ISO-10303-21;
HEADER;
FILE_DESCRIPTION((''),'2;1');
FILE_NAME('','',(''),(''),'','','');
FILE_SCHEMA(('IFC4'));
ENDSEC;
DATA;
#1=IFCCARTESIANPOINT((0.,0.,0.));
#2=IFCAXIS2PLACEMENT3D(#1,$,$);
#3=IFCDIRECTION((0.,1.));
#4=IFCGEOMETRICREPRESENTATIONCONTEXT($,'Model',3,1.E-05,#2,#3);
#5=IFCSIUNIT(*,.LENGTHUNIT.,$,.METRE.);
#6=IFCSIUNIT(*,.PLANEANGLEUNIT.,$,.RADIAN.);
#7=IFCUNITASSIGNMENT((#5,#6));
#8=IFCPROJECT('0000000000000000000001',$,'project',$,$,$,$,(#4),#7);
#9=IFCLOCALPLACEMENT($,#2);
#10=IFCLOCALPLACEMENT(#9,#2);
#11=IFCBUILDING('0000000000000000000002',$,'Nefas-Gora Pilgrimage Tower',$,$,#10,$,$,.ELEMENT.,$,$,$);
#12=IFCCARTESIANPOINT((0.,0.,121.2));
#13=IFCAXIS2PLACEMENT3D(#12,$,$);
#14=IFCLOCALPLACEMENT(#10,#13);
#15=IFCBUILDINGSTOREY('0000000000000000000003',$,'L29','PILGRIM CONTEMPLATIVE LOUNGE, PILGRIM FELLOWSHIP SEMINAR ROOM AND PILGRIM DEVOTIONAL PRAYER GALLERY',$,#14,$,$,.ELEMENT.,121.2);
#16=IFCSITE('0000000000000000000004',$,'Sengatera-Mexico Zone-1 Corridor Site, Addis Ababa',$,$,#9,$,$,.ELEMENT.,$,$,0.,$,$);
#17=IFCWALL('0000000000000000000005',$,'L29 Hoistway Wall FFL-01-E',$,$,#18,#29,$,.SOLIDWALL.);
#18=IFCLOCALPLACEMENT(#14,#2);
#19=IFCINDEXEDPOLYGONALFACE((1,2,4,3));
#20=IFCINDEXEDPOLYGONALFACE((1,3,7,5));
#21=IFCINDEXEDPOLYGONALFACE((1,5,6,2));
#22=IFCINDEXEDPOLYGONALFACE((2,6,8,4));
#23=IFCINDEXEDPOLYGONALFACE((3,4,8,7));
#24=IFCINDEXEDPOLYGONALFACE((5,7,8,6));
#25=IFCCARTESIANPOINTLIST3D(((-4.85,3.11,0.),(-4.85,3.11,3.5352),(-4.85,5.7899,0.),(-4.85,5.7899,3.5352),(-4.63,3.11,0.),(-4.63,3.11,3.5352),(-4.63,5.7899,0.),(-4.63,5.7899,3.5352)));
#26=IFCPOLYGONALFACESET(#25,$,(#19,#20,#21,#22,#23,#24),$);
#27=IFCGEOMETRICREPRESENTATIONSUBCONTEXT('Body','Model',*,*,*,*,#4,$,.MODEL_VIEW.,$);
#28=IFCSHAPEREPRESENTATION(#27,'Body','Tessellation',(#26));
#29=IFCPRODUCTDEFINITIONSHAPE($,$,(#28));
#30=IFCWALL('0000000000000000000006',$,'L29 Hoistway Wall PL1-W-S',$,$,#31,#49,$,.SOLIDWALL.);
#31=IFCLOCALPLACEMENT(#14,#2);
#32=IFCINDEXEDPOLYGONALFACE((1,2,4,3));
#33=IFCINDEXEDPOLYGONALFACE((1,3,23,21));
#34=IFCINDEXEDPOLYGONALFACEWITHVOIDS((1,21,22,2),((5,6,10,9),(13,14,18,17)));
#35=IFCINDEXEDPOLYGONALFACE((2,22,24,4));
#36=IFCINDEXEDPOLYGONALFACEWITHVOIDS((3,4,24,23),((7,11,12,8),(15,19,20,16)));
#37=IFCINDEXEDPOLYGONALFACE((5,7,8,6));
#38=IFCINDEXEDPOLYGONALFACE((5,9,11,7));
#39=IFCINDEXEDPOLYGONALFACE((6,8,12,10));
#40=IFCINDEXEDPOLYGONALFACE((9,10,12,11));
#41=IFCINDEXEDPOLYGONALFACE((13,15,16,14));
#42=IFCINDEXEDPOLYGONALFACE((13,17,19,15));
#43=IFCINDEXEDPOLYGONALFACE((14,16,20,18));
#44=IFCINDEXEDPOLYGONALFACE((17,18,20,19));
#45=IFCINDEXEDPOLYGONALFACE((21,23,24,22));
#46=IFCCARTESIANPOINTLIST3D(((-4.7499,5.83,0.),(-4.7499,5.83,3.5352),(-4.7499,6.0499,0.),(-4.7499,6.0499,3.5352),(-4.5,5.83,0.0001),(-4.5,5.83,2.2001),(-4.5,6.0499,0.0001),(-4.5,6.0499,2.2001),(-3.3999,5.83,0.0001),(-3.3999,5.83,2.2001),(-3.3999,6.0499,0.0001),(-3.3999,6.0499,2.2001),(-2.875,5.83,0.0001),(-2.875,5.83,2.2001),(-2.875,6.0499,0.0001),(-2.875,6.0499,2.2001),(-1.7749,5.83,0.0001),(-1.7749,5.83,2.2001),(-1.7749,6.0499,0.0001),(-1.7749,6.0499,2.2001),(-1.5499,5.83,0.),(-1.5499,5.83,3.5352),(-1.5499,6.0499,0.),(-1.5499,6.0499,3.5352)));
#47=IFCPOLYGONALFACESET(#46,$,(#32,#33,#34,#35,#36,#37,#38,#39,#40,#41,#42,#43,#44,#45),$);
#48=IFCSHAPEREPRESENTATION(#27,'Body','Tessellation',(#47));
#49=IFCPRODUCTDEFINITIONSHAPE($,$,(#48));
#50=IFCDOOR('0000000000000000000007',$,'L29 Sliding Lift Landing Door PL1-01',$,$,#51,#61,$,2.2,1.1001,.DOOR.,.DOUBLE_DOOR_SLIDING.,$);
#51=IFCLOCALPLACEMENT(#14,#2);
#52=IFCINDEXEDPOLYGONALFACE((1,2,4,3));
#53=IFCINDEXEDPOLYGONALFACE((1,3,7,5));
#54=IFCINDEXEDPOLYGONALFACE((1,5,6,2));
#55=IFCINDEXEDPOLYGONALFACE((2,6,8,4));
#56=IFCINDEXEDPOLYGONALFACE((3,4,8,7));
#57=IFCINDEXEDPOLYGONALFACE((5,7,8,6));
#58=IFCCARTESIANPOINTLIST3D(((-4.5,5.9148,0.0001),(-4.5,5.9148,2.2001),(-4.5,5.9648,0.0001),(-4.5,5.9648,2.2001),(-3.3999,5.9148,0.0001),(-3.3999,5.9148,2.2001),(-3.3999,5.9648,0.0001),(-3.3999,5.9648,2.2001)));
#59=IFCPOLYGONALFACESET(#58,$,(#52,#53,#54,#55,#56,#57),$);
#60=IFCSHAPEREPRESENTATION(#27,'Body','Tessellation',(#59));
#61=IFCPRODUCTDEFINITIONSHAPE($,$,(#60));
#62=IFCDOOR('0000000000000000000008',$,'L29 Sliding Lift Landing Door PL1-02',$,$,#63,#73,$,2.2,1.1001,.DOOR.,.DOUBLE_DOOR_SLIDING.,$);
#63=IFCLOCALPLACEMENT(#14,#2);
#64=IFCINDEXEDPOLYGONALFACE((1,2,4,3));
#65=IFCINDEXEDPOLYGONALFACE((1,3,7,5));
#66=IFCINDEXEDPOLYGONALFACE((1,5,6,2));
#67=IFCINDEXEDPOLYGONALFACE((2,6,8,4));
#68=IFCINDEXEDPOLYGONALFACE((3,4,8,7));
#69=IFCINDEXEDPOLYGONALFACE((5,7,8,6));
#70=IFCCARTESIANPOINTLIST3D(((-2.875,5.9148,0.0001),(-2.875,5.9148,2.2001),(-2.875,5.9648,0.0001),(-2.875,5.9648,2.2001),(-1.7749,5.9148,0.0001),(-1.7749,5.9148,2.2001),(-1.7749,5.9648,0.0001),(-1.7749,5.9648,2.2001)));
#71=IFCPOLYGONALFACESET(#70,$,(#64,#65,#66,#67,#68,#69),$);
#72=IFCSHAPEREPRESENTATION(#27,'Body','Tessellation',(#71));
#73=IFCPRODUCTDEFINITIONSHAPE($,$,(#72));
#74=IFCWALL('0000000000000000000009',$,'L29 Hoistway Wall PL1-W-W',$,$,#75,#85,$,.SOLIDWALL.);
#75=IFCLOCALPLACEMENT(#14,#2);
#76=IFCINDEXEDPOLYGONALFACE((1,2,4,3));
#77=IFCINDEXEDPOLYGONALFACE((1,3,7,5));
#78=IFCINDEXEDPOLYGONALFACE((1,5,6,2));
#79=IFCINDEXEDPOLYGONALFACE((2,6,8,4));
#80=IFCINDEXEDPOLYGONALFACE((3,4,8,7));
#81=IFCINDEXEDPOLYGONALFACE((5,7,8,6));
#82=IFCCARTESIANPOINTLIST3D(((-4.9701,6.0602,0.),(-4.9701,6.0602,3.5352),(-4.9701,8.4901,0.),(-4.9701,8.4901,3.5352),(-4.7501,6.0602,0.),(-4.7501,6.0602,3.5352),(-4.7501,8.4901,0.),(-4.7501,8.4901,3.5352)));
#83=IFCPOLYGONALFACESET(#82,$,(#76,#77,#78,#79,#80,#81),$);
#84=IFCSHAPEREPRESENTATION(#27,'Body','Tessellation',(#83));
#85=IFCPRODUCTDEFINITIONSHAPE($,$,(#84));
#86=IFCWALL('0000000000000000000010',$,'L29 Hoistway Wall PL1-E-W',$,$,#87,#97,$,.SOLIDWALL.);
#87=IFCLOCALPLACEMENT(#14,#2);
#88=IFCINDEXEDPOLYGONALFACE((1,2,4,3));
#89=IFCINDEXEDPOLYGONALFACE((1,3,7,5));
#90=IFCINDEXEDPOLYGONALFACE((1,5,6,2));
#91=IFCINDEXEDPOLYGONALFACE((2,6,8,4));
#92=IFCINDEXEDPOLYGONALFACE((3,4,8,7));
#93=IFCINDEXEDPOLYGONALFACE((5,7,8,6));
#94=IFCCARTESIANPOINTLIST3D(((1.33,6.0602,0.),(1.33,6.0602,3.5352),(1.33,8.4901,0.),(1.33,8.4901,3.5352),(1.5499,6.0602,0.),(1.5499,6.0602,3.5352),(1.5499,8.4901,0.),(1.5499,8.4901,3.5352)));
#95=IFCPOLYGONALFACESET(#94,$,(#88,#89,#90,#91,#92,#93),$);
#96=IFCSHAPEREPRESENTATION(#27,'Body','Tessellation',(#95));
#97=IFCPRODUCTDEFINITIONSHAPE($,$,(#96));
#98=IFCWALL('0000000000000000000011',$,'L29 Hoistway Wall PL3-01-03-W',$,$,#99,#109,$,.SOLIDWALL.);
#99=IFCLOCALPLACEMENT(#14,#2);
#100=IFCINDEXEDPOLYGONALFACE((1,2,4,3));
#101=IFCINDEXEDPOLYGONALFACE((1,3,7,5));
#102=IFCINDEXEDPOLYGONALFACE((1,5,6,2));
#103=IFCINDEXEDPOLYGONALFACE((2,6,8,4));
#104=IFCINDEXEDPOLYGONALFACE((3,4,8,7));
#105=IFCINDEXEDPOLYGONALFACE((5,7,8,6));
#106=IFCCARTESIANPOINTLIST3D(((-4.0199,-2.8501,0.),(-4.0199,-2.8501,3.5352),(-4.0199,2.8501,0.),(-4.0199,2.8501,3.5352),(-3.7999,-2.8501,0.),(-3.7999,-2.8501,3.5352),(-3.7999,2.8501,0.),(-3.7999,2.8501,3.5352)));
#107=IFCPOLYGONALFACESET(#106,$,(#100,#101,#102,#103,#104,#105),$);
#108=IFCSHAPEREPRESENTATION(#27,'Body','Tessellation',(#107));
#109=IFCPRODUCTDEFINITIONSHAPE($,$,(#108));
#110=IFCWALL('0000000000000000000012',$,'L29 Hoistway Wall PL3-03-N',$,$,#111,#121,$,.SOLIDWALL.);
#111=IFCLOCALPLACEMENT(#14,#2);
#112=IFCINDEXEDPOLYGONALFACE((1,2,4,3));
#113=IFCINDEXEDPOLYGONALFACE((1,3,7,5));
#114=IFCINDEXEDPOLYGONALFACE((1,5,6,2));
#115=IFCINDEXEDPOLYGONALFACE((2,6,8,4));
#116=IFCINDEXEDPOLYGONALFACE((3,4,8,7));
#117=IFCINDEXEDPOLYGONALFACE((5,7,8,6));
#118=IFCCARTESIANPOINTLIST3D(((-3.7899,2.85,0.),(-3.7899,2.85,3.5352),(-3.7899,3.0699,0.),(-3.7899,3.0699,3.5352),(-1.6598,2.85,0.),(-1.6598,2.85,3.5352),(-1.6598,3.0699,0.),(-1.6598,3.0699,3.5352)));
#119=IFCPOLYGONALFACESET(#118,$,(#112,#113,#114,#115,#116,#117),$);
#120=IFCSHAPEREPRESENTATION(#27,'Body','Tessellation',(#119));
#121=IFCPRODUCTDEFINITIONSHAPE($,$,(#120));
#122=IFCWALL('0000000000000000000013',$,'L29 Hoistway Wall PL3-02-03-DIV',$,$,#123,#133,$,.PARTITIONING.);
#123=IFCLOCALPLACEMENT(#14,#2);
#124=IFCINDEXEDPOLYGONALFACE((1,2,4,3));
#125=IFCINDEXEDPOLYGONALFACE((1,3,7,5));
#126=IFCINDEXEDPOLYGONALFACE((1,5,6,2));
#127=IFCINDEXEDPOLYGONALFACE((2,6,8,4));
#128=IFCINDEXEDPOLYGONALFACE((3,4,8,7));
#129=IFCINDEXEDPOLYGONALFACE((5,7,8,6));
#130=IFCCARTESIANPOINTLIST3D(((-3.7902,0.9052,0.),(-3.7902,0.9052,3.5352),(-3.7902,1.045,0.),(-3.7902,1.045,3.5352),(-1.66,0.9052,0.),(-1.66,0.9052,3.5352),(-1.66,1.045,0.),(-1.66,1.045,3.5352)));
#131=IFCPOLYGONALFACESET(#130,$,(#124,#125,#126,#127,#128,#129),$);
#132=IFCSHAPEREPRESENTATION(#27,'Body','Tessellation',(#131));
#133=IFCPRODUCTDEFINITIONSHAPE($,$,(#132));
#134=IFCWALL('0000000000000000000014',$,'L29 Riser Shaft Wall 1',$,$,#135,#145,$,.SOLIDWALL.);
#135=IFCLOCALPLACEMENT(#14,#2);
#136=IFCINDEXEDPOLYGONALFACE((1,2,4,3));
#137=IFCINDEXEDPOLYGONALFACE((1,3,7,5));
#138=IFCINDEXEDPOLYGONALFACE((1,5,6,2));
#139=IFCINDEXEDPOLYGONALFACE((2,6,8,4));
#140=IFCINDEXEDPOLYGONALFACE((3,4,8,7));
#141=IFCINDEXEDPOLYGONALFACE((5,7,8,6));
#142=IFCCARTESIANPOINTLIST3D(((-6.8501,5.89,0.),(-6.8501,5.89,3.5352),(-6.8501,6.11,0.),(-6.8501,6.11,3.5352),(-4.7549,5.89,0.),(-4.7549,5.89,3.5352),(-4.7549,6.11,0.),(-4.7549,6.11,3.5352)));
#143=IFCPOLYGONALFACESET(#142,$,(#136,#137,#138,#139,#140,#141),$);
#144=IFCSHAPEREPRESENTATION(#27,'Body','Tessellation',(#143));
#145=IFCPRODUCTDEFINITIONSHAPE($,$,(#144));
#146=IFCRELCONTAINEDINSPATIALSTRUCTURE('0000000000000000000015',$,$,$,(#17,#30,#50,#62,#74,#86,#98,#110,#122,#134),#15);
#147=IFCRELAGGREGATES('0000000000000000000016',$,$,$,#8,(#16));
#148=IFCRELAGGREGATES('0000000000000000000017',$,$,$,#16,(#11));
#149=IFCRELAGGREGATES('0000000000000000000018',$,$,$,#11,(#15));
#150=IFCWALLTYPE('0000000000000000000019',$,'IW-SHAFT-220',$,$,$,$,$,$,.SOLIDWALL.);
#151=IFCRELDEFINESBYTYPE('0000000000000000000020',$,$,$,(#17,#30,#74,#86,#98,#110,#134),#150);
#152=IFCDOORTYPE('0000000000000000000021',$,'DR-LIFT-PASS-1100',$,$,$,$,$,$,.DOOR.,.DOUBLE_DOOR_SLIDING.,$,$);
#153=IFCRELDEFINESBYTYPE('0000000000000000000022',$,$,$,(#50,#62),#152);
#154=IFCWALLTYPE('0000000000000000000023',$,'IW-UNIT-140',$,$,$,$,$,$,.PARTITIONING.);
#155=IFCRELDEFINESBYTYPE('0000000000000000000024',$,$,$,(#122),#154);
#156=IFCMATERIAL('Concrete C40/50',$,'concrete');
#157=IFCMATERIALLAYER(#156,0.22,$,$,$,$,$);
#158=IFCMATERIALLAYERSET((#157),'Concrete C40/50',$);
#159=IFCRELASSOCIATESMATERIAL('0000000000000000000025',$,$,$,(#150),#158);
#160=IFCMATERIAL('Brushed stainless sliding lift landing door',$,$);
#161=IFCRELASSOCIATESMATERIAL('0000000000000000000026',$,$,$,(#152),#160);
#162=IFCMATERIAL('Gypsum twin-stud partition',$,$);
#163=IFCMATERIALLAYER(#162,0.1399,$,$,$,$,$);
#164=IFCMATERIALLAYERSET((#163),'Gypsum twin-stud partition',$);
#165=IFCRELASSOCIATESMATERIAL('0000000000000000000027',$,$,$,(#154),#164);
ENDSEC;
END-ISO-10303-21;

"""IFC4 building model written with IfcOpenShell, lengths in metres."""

from ifc_helpers import new_model, si_unit, direction, frame, frame_2d, origin, place, context, subcontext, project, spatial, rectangle, extrude, source, transform, mapped, material, layer, layer_set, type_object, element, fill, save


model = new_model("IFC4")

# Units and contexts
model_context = context("Model", 3, precision=1e-05, world=origin(), true_north=direction((0.0, 1.0)))
body_context = subcontext(model_context, "Body", "Model", "MODEL_VIEW")
ifc_project = project(units=[si_unit("LENGTHUNIT", "METRE"), si_unit("PLANEANGLEUNIT", "RADIAN")], contexts=[model_context])

# Site, building, storey
site_placement = place(None, origin())
site = spatial("IfcSite", under=ifc_project, at=site_placement, Name="Sengatera-Mexico Zone-1 Corridor Site, Addis Ababa", CompositionType="ELEMENT", RefElevation=0.0)
building_placement = place(site_placement, origin())
building = spatial("IfcBuilding", under=site, at=building_placement, Name="Nefas-Gora Pilgrimage Tower", CompositionType="ELEMENT")
storey_placement = place(building_placement, frame((0.0, 0.0, 121.2)))
storey = spatial("IfcBuildingStorey", under=building, at=storey_placement, Name="L29", Description="PILGRIM CONTEMPLATIVE LOUNGE, PILGRIM FELLOWSHIP SEMINAR ROOM AND PILGRIM DEVOTIONAL PRAYER GALLERY", CompositionType="ELEMENT", Elevation=121.2)

# Shared definitions
ifc_material_1 = material(Name="Concrete C40/50", Category="concrete")

# Shared definitions
ifc_layer_1 = layer(ifc_material_1, 0.22)
ifc_layer_set_1 = layer_set([ifc_layer_1], Name="Concrete C40/50")
wall_type_1 = type_object("IfcWallType", Name="IW-SHAFT-220", PredefinedType="SOLIDWALL", material=ifc_layer_set_1)

# Wall
shared_shape_1 = source(origin(), body_context, "Body", "SweptSolid", [
    extrude(rectangle(XDim=2.6799, YDim=0.22, at=frame_2d((1.3398, 0.0))), origin(), (0.0, 0.0, 1.0), 3.5352),
])
wall_1_placement = place(storey_placement, frame((-4.74, 3.1101, 0.0), z_axis=(0.0, 0.0, 1.0), x_axis=(0.0, 1.0, 0.0)))
element("IfcWall", 1, at=wall_1_placement, inside=storey, type_object=wall_type_1, Name="L29 Hoistway Wall FFL-01-E", PredefinedType="SOLIDWALL", context=body_context, shape_type="MappedRepresentation", body=[
    mapped(shared_shape_1, transform((0.0, 0.0, 0.0), x_axis=(1.0, 0.0, 0.0), y_axis=(0.0, 1.0, 0.0), z_axis=(0.0, 0.0, 1.0), scale=1.0)),
])

# Wall, openings, doors
shared_shape_2 = source(origin(), body_context, "Body", "SweptSolid", [
    extrude(rectangle(XDim=3.2, YDim=0.22, at=frame_2d((1.6001, 0.0))), origin(), (0.0, 0.0, 1.0), 3.5352),
])
wall_2_placement = place(storey_placement, frame((-4.75, 5.9399, 0.0), z_axis=(0.0, 0.0, 1.0), x_axis=(1.0, 0.0, 0.0)))
wall_2 = element("IfcWall", 2, at=wall_2_placement, inside=storey, type_object=wall_type_1, Name="L29 Hoistway Wall PL1-W-S", PredefinedType="SOLIDWALL", context=body_context, shape_type="MappedRepresentation", body=[
    mapped(shared_shape_2, transform((0.0, 0.0, 0.0), x_axis=(1.0, 0.0, 0.0), y_axis=(0.0, 1.0, 0.0), z_axis=(0.0, 0.0, 1.0), scale=1.0)),
])
opening_1_placement = place(wall_2_placement, frame((0.25, 0.0, 0.0)))
opening_1 = element("IfcOpeningElement", 3, at=opening_1_placement, cuts=wall_2, PredefinedType="OPENING", context=body_context, shape_type="SweptSolid", body=[
    extrude(rectangle(XDim=1.1001, YDim=2.2, at=frame_2d((0.55, 1.1001))), frame((0.0, 0.1199, 0.0), z_axis=(0.0, -1.0, 0.0), x_axis=(1.0, 0.0, 0.0)), (0.0, 0.0, 1.0), 0.24),
])
opening_2_placement = place(wall_2_placement, frame((1.875, 0.0, 0.0)))
opening_2 = element("IfcOpeningElement", 4, at=opening_2_placement, cuts=wall_2, PredefinedType="OPENING", context=body_context, shape_type="SweptSolid", body=[
    extrude(rectangle(XDim=1.1001, YDim=2.2, at=frame_2d((0.55, 1.1001))), frame((0.0, 0.1199, 0.0), z_axis=(0.0, -1.0, 0.0), x_axis=(1.0, 0.0, 0.0)), (0.0, 0.0, 1.0), 0.24),
])
ifc_material_2 = material(Name="Brushed stainless sliding lift landing door")
door_type_1 = type_object("IfcDoorType", Name="DR-LIFT-PASS-1100", OperationType="DOUBLE_DOOR_SLIDING", PredefinedType="DOOR", material=ifc_material_2)
shared_shape_3 = source(origin(), body_context, "Body", "SweptSolid", [
    extrude(rectangle(XDim=1.1001, YDim=2.2, at=frame_2d((0.55, 1.1001))), frame((0.0, 0.0249, 0.0), z_axis=(0.0, -1.0, 0.0), x_axis=(1.0, 0.0, 0.0)), (0.0, 0.0, 1.0), 0.05),
])
door_1_placement = place(opening_1_placement, origin())
door_1 = element("IfcDoor", 5, at=door_1_placement, inside=storey, type_object=door_type_1, Name="L29 Sliding Lift Landing Door PL1-01", OperationType="DOUBLE_DOOR_SLIDING", OverallHeight=2.2, OverallWidth=1.1001, PredefinedType="DOOR", context=body_context, shape_type="MappedRepresentation", body=[
    mapped(shared_shape_3, transform((0.0, 0.0, 0.0), x_axis=(1.0, 0.0, 0.0), y_axis=(0.0, 1.0, 0.0), z_axis=(0.0, 0.0, 1.0), scale=1.0)),
])
fill(opening_1, door_1)
door_2_placement = place(opening_2_placement, origin())
door_2 = element("IfcDoor", 6, at=door_2_placement, inside=storey, type_object=door_type_1, Name="L29 Sliding Lift Landing Door PL1-02", OperationType="DOUBLE_DOOR_SLIDING", OverallHeight=2.2, OverallWidth=1.1001, PredefinedType="DOOR", context=body_context, shape_type="MappedRepresentation", body=[
    mapped(shared_shape_3, transform((0.0, 0.0, 0.0), x_axis=(1.0, 0.0, 0.0), y_axis=(0.0, 1.0, 0.0), z_axis=(0.0, 0.0, 1.0), scale=1.0)),
])
fill(opening_2, door_2)

# Walls
shared_shape_4 = source(origin(), body_context, "Body", "SweptSolid", [
    extrude(rectangle(XDim=2.4299, YDim=0.22, at=frame_2d((1.2148, 0.0))), origin(), (0.0, 0.0, 1.0), 3.5352),
])
for number, where, z_axis, x_axis, name in (
    (7, (-4.8601, 8.49, 0.0), (0.0, 0.0, 1.0), (0.0, -1.0, 0.0), "L29 Hoistway Wall PL1-W-W"),
    (8, (1.4399, 8.49, 0.0), (0.0, 0.0, 1.0), (0.0, -1.0, 0.0), "L29 Hoistway Wall PL1-E-W"),
):
    element("IfcWall", number, at=place(storey_placement, frame(where, z_axis=z_axis, x_axis=x_axis)), inside=storey, type_object=wall_type_1, Name=name, PredefinedType="SOLIDWALL", context=body_context, shape_type="MappedRepresentation", body=[
        mapped(shared_shape_4, transform((0.0, 0.0, 0.0), x_axis=(1.0, 0.0, 0.0), y_axis=(0.0, 1.0, 0.0), z_axis=(0.0, 0.0, 1.0), scale=1.0)),
    ])
ifc_material_3 = material(Name="Gypsum twin-stud partition")
ifc_layer_2 = layer(ifc_material_3, 0.1399)
ifc_layer_set_2 = layer_set([ifc_layer_2], Name="Gypsum twin-stud partition")
wall_type_2 = type_object("IfcWallType", Name="IW-UNIT-140", PredefinedType="PARTITIONING", material=ifc_layer_set_2)
shared_shape_5 = source(origin(), body_context, "Body", "SweptSolid", [
    extrude(rectangle(XDim=5.7002, YDim=0.22, at=frame_2d((2.8501, 0.0))), origin(), (0.0, 0.0, 1.0), 3.5352),
])
wall_3_placement = place(storey_placement, frame((-3.9099, 2.8501, 0.0), z_axis=(0.0, 0.0, 1.0), x_axis=(0.0, -1.0, 0.0)))
element("IfcWall", 9, at=wall_3_placement, inside=storey, type_object=wall_type_1, Name="L29 Hoistway Wall PL3-01-03-W", PredefinedType="SOLIDWALL", context=body_context, shape_type="MappedRepresentation", body=[
    mapped(shared_shape_5, transform((0.0, 0.0, 0.0), x_axis=(1.0, 0.0, 0.0), y_axis=(0.0, 1.0, 0.0), z_axis=(0.0, 0.0, 1.0), scale=1.0)),
])
shared_shape_6 = source(origin(), body_context, "Body", "SweptSolid", [
    extrude(rectangle(XDim=2.1301, YDim=0.22, at=frame_2d((1.0649, 0.0))), origin(), (0.0, 0.0, 1.0), 3.5352),
])
wall_4_placement = place(storey_placement, frame((-1.6599, 2.96, 0.0), z_axis=(0.0, 0.0, 1.0), x_axis=(-1.0, 0.0, 0.0)))
element("IfcWall", 10, at=wall_4_placement, inside=storey, type_object=wall_type_1, Name="L29 Hoistway Wall PL3-03-N", PredefinedType="SOLIDWALL", context=body_context, shape_type="MappedRepresentation", body=[
    mapped(shared_shape_6, transform((0.0, 0.0, 0.0), x_axis=(1.0, 0.0, 0.0), y_axis=(0.0, 1.0, 0.0), z_axis=(0.0, 0.0, 1.0), scale=1.0)),
])
shared_shape_7 = source(origin(), body_context, "Body", "SweptSolid", [
    extrude(rectangle(XDim=2.1301, YDim=0.1399, at=frame_2d((1.0649, 0.0))), origin(), (0.0, 0.0, 1.0), 3.5352),
])
wall_5_placement = place(storey_placement, frame((-3.79, 0.9751, 0.0), z_axis=(0.0, 0.0, 1.0), x_axis=(1.0, 0.0, 0.0)))
element("IfcWall", 11, at=wall_5_placement, inside=storey, type_object=wall_type_2, Name="L29 Hoistway Wall PL3-02-03-DIV", PredefinedType="PARTITIONING", context=body_context, shape_type="MappedRepresentation", body=[
    mapped(shared_shape_7, transform((0.0, 0.0, 0.0), x_axis=(1.0, 0.0, 0.0), y_axis=(0.0, 1.0, 0.0), z_axis=(0.0, 0.0, 1.0), scale=1.0)),
])
shared_shape_8 = source(origin(), body_context, "Body", "SweptSolid", [
    extrude(rectangle(XDim=2.0952, YDim=0.22, at=frame_2d((1.0476, 0.0))), origin(), (0.0, 0.0, 1.0), 3.5352),
])
wall_6_placement = place(storey_placement, frame((-6.8501, 6.0, 0.0), z_axis=(0.0, 0.0, 1.0), x_axis=(1.0, 0.0, 0.0)))
element("IfcWall", 12, at=wall_6_placement, inside=storey, type_object=wall_type_1, Name="L29 Riser Shaft Wall 1", PredefinedType="SOLIDWALL", context=body_context, shape_type="MappedRepresentation", body=[
    mapped(shared_shape_8, transform((0.0, 0.0, 0.0), x_axis=(1.0, 0.0, 0.0), y_axis=(0.0, 1.0, 0.0), z_axis=(0.0, 0.0, 1.0), scale=1.0)),
])

save(model, "model.ifc")
